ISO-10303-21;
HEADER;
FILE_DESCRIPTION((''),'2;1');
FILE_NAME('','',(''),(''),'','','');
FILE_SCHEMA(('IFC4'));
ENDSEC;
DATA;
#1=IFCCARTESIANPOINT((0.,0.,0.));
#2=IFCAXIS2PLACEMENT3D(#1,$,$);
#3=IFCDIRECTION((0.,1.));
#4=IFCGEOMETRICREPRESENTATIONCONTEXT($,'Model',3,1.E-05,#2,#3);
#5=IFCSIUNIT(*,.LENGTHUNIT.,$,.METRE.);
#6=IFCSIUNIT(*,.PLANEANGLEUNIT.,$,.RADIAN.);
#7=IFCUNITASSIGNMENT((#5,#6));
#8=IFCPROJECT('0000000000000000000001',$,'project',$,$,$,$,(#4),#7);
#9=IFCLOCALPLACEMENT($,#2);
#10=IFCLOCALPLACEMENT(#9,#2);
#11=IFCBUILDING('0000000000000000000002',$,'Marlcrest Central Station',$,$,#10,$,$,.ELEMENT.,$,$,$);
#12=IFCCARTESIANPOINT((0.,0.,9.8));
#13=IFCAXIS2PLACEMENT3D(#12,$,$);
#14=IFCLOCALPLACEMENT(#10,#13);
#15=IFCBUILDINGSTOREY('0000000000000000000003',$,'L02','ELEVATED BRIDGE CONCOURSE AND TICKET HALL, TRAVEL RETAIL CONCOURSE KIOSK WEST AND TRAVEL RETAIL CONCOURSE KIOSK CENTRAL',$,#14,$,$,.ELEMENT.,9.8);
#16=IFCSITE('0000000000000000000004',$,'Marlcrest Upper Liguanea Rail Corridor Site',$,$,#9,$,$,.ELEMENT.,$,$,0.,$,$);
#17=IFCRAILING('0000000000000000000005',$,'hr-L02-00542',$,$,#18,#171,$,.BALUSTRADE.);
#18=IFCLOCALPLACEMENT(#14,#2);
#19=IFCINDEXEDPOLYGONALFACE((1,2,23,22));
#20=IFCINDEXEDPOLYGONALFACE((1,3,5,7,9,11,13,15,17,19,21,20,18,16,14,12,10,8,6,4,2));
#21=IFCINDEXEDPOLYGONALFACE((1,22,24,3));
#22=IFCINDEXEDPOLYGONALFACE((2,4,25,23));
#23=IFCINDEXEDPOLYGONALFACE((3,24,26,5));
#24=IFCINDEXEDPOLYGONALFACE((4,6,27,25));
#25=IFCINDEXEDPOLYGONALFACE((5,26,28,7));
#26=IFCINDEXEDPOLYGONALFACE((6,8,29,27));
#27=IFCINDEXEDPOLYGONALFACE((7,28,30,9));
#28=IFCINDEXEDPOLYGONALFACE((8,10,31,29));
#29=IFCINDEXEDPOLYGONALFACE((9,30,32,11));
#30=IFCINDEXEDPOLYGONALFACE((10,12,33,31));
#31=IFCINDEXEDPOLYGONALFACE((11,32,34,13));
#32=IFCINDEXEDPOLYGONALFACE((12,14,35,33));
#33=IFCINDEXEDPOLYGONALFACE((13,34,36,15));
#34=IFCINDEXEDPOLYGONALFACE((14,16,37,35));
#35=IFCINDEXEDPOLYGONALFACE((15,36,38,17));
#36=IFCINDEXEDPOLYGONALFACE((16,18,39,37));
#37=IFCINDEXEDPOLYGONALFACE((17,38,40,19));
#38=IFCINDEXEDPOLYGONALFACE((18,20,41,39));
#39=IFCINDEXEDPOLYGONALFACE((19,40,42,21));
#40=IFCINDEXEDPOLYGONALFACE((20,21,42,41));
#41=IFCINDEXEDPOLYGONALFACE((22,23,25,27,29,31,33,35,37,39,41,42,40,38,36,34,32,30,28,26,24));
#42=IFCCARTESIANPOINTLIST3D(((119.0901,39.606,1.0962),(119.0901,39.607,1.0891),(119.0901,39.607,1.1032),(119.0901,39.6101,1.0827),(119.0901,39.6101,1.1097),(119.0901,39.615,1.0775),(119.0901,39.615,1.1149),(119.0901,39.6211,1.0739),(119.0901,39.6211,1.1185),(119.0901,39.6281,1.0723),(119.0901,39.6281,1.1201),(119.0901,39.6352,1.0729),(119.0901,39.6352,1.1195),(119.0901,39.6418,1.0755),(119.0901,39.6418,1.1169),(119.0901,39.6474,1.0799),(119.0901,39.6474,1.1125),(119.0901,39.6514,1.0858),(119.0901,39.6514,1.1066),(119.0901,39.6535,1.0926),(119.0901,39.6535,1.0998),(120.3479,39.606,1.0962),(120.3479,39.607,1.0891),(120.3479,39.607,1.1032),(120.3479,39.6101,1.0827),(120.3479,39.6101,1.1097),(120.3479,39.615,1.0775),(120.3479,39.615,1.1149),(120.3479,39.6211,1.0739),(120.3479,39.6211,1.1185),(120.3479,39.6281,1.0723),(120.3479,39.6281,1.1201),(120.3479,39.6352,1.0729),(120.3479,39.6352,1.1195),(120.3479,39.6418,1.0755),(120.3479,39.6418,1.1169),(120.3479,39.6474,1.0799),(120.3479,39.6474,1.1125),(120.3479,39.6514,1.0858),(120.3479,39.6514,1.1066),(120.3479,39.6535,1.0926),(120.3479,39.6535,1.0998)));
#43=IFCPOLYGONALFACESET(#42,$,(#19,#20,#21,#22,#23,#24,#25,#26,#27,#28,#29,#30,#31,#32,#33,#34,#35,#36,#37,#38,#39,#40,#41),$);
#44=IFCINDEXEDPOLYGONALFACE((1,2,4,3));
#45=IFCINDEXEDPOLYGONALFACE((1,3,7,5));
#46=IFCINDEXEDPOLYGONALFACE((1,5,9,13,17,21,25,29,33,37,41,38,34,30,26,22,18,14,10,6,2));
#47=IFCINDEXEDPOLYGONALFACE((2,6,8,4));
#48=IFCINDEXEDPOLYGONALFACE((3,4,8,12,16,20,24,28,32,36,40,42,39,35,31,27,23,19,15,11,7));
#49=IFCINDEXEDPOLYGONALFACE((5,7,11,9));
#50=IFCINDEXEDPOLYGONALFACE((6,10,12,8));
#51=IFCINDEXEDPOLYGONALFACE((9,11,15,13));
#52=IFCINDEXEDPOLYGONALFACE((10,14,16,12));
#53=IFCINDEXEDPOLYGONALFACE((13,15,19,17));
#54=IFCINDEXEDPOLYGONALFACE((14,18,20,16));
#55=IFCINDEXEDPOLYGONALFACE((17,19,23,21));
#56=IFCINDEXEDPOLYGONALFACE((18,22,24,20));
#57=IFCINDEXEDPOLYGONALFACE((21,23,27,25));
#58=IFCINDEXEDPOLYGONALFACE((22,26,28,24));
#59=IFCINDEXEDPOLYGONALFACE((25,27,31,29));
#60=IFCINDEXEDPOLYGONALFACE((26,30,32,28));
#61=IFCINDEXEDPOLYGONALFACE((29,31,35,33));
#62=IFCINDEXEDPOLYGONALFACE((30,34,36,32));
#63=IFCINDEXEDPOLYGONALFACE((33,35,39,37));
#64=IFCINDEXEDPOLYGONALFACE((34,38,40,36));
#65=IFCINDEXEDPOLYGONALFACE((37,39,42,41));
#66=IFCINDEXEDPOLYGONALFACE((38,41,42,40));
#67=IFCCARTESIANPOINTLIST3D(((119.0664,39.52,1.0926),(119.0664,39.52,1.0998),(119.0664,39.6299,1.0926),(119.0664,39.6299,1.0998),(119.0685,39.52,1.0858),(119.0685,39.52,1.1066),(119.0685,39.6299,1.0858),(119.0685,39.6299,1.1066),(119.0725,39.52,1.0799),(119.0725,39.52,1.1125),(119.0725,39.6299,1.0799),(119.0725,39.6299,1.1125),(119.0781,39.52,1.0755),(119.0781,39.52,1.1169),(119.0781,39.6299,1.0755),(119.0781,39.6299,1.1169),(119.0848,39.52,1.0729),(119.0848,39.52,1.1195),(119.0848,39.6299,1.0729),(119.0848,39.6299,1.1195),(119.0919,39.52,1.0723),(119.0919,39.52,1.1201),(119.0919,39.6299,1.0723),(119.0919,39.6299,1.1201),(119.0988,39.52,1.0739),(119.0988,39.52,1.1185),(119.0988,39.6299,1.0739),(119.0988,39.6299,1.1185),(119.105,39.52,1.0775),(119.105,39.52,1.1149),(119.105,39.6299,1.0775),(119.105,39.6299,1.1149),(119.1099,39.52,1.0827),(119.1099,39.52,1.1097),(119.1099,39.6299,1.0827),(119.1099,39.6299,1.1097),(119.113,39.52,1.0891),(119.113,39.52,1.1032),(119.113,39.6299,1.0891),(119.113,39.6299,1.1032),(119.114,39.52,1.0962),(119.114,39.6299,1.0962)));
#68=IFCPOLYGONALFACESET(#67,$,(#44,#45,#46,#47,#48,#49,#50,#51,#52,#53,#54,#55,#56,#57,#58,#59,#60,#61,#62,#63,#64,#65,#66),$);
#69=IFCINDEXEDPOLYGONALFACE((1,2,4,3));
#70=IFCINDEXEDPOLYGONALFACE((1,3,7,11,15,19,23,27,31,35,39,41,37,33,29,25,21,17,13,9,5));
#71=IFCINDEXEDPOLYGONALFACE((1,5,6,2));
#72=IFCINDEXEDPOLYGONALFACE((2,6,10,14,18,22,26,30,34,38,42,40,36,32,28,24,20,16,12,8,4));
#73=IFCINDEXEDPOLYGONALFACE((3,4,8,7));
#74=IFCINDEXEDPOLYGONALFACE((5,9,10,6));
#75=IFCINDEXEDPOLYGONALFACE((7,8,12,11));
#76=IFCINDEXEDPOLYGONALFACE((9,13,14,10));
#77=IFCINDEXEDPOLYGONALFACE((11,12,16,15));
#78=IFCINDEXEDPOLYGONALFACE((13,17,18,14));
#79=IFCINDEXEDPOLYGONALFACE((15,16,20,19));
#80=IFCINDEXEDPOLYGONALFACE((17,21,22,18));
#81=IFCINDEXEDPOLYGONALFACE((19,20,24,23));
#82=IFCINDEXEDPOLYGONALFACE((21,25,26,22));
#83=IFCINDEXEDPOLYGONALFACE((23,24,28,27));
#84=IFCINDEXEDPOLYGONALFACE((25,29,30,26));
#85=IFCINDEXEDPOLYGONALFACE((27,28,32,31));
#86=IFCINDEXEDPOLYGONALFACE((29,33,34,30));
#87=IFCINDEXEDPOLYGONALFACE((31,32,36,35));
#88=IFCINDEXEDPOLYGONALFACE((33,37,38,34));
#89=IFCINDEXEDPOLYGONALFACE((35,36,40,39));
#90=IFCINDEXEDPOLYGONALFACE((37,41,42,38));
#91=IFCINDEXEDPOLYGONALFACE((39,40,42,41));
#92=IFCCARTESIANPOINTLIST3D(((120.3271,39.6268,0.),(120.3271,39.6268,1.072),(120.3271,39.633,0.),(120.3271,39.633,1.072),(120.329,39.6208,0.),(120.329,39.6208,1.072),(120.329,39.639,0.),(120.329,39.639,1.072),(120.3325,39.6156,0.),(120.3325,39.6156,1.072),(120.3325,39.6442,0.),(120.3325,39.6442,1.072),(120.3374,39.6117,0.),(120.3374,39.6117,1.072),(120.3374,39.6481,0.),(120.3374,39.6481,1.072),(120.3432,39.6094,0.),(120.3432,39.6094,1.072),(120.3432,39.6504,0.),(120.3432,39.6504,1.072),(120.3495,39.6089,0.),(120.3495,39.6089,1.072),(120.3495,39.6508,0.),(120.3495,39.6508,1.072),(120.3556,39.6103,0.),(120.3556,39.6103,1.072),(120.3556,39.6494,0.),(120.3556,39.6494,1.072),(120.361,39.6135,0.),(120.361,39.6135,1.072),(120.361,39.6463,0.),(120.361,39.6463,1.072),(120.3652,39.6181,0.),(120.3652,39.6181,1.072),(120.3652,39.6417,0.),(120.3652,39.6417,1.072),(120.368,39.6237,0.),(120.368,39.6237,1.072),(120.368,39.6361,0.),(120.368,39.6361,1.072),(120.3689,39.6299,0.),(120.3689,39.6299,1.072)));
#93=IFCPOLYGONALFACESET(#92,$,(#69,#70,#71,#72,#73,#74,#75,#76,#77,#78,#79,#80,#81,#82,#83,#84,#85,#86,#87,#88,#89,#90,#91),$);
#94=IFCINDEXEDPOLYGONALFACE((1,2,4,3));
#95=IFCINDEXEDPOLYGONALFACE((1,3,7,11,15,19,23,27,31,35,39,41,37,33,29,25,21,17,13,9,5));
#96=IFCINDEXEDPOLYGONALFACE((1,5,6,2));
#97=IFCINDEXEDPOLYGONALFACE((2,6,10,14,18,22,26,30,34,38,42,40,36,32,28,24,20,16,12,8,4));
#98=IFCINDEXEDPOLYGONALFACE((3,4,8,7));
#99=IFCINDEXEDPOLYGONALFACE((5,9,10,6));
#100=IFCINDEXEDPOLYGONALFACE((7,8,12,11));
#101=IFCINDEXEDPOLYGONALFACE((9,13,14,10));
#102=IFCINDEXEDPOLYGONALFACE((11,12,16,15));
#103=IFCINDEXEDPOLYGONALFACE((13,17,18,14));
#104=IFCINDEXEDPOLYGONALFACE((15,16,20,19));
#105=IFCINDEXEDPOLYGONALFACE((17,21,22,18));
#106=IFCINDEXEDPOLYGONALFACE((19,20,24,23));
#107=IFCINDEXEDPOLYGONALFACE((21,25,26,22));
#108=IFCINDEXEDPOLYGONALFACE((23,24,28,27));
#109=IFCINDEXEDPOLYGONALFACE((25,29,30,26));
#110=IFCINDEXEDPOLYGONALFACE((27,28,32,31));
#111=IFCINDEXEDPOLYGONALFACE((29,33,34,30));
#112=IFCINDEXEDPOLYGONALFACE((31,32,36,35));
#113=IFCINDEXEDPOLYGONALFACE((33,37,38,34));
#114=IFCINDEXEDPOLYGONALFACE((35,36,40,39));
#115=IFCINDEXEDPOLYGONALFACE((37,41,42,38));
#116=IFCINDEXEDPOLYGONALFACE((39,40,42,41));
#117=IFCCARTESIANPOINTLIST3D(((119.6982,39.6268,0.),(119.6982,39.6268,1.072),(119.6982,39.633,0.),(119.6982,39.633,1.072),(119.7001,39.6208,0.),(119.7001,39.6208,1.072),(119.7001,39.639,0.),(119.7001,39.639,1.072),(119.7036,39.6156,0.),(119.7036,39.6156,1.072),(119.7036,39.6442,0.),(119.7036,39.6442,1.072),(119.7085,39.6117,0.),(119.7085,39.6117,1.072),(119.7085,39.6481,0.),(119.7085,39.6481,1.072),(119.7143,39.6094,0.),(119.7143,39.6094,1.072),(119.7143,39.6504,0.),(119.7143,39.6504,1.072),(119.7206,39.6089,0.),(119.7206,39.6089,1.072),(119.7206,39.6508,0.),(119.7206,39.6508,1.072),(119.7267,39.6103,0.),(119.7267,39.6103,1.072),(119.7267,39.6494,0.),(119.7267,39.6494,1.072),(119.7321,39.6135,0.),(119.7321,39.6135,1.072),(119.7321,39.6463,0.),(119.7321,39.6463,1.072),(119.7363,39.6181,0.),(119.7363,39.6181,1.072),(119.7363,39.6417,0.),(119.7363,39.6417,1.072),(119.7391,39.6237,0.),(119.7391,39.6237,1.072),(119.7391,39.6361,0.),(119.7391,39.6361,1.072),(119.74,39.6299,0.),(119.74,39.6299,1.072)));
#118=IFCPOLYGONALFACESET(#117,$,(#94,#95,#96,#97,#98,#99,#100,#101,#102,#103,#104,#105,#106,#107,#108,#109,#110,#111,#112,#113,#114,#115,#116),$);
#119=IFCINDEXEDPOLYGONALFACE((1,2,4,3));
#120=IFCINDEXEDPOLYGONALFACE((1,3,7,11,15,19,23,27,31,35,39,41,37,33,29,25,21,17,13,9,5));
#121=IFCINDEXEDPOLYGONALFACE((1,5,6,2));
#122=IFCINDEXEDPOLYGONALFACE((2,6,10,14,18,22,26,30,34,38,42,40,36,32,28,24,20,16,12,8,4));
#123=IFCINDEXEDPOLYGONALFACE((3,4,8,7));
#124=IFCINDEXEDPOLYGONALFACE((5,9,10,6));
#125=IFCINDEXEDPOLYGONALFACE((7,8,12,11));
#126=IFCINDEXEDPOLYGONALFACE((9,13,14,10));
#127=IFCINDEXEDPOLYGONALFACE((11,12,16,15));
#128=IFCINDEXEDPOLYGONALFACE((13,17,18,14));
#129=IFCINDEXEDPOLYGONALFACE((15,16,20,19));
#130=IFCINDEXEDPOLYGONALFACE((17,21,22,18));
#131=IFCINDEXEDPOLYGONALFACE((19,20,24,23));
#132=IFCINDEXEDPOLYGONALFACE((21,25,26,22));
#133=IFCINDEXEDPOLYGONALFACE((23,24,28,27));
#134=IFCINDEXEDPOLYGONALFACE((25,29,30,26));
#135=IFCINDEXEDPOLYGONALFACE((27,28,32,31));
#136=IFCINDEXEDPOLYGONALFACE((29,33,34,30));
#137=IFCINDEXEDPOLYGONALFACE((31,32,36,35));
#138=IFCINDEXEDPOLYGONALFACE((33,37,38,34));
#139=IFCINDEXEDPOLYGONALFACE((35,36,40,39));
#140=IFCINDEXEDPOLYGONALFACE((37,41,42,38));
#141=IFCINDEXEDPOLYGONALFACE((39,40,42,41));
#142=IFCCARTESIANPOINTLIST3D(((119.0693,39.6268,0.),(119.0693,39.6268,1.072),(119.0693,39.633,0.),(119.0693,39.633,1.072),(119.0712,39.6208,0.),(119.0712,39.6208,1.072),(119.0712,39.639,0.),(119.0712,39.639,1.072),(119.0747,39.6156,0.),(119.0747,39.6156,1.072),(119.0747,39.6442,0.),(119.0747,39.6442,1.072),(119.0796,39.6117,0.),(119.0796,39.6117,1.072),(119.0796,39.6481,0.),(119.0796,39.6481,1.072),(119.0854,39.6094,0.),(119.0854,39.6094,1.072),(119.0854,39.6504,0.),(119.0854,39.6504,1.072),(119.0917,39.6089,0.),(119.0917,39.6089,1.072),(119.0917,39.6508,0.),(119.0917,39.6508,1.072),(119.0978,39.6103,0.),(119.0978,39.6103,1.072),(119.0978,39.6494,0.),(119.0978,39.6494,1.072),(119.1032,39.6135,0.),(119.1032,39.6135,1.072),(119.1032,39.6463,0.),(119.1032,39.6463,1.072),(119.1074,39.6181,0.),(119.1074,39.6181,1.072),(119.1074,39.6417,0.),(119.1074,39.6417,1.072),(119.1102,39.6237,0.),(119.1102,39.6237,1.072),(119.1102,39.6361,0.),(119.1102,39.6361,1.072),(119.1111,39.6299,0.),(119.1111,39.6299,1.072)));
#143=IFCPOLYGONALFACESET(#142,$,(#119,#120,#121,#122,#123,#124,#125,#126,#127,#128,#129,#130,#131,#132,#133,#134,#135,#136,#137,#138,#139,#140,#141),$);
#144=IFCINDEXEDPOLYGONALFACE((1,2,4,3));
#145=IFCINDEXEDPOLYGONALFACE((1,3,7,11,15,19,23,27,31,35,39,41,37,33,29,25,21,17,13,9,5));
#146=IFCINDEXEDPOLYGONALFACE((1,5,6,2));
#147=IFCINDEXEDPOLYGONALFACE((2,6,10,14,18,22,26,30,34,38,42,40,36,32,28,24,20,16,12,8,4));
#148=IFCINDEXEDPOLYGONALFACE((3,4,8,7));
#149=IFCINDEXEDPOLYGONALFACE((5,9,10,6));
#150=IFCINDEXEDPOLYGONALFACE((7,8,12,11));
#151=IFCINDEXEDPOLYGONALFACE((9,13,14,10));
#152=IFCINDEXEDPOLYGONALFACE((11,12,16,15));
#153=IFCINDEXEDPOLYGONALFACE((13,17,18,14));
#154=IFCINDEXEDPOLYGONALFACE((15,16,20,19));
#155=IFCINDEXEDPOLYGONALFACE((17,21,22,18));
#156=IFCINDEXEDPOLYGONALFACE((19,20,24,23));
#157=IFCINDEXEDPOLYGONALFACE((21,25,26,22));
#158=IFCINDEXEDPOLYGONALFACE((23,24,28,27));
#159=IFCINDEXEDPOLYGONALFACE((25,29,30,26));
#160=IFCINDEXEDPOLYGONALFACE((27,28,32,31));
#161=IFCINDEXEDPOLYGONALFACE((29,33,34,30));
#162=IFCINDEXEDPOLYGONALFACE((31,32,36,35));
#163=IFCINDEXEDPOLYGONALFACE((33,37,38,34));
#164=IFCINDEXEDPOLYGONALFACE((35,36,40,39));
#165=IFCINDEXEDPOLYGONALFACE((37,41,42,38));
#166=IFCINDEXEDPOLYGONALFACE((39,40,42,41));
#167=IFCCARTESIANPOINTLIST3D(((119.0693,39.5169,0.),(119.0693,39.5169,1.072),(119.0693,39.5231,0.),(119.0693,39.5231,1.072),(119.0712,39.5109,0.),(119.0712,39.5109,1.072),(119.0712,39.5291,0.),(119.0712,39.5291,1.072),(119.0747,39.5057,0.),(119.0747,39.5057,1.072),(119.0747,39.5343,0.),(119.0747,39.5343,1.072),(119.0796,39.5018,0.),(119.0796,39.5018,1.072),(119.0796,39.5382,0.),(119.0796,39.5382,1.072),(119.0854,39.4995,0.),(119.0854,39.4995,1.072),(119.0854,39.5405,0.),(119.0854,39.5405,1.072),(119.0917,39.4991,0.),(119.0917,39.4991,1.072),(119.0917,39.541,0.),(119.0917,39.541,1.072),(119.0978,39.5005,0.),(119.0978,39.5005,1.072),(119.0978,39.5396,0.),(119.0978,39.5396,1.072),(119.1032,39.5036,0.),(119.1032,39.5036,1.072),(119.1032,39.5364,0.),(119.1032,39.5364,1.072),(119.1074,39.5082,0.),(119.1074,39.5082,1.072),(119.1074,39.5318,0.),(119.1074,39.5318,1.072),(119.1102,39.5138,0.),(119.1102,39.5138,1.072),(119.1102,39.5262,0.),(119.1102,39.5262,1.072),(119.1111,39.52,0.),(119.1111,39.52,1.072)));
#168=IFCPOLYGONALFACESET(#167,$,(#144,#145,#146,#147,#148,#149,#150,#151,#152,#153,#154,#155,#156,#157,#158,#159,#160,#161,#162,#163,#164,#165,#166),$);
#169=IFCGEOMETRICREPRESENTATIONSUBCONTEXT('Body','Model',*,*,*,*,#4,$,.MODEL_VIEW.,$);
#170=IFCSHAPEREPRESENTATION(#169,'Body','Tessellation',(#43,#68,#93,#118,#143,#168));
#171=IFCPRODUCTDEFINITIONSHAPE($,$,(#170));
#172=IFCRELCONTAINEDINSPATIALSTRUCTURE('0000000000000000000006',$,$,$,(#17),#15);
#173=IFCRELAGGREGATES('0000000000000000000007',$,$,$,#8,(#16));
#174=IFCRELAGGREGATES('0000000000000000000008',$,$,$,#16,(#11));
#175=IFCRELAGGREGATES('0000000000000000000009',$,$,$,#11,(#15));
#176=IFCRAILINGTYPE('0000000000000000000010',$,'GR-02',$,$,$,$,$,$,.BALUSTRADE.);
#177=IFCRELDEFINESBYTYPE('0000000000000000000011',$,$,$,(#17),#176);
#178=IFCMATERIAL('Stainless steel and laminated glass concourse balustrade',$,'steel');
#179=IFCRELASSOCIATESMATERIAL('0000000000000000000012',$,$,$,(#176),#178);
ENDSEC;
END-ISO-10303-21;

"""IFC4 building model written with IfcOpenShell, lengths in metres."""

from ifc_helpers import new_model, si_unit, direction, frame, origin, origin_2d, place, context, subcontext, project, spatial, circle, extrude, material, type_object, element, save


model = new_model("IFC4")

# Units and contexts
model_context = context("Model", 3, precision=1e-05, world=origin(), true_north=direction((0.0, 1.0)))
body_context = subcontext(model_context, "Body", "Model", "MODEL_VIEW")
ifc_project = project(units=[si_unit("LENGTHUNIT", "METRE"), si_unit("PLANEANGLEUNIT", "RADIAN")], contexts=[model_context])

# Site, building, storey
site_placement = place(None, origin())
site = spatial("IfcSite", under=ifc_project, at=site_placement, Name="Marlcrest Upper Liguanea Rail Corridor Site", CompositionType="ELEMENT", RefElevation=0.0)
building_placement = place(site_placement, origin())
building = spatial("IfcBuilding", under=site, at=building_placement, Name="Marlcrest Central Station", CompositionType="ELEMENT")
storey_placement = place(building_placement, frame((0.0, 0.0, 9.8)))
storey = spatial("IfcBuildingStorey", under=building, at=storey_placement, Name="L02", Description="ELEVATED BRIDGE CONCOURSE AND TICKET HALL, TRAVEL RETAIL CONCOURSE KIOSK WEST AND TRAVEL RETAIL CONCOURSE KIOSK CENTRAL", CompositionType="ELEMENT", Elevation=9.8)

# Railing
ifc_material_1 = material(Name="Stainless steel and laminated glass concourse balustrade", Category="steel")
railing_type = type_object("IfcRailingType", Name="GR-02", PredefinedType="BALUSTRADE", material=ifc_material_1)
for number, where, name in (
    (1, (120.3479, 39.6299, 0.0), "hr-L02-00542"),
):
    element("IfcRailing", number, at=place(storey_placement, frame(where)), inside=storey, type_object=railing_type, Name=name, PredefinedType="BALUSTRADE", context=body_context, shape_type="SweptSolid", body=[
        extrude(circle(Radius=0.0239, at=origin_2d()), frame((0.0, 0.0, 1.0962), z_axis=(-1.0, 0.0, 0.0), x_axis=(0.0, -1.0, 0.0)), (0.0, 0.0, 1.0), 1.2578),
        extrude(circle(Radius=0.0239, at=origin_2d()), frame((-1.2578, 0.0, 1.0962), z_axis=(0.0, -1.0, 0.0), x_axis=(1.0, 0.0, 0.0)), (0.0, 0.0, 1.0), 0.1099),
        extrude(circle(Radius=0.021, at=origin_2d()), origin(), (0.0, 0.0, 1.0), 1.072),
        extrude(circle(Radius=0.021, at=origin_2d()), frame((-0.6289, 0.0, 0.0)), (0.0, 0.0, 1.0), 1.072),
        extrude(circle(Radius=0.021, at=origin_2d()), frame((-1.2578, 0.0, 0.0)), (0.0, 0.0, 1.0), 1.072),
        extrude(circle(Radius=0.021, at=origin_2d()), frame((-1.2578, -0.1099, 0.0)), (0.0, 0.0, 1.0), 1.072),
    ])

save(model, "model.ifc")
